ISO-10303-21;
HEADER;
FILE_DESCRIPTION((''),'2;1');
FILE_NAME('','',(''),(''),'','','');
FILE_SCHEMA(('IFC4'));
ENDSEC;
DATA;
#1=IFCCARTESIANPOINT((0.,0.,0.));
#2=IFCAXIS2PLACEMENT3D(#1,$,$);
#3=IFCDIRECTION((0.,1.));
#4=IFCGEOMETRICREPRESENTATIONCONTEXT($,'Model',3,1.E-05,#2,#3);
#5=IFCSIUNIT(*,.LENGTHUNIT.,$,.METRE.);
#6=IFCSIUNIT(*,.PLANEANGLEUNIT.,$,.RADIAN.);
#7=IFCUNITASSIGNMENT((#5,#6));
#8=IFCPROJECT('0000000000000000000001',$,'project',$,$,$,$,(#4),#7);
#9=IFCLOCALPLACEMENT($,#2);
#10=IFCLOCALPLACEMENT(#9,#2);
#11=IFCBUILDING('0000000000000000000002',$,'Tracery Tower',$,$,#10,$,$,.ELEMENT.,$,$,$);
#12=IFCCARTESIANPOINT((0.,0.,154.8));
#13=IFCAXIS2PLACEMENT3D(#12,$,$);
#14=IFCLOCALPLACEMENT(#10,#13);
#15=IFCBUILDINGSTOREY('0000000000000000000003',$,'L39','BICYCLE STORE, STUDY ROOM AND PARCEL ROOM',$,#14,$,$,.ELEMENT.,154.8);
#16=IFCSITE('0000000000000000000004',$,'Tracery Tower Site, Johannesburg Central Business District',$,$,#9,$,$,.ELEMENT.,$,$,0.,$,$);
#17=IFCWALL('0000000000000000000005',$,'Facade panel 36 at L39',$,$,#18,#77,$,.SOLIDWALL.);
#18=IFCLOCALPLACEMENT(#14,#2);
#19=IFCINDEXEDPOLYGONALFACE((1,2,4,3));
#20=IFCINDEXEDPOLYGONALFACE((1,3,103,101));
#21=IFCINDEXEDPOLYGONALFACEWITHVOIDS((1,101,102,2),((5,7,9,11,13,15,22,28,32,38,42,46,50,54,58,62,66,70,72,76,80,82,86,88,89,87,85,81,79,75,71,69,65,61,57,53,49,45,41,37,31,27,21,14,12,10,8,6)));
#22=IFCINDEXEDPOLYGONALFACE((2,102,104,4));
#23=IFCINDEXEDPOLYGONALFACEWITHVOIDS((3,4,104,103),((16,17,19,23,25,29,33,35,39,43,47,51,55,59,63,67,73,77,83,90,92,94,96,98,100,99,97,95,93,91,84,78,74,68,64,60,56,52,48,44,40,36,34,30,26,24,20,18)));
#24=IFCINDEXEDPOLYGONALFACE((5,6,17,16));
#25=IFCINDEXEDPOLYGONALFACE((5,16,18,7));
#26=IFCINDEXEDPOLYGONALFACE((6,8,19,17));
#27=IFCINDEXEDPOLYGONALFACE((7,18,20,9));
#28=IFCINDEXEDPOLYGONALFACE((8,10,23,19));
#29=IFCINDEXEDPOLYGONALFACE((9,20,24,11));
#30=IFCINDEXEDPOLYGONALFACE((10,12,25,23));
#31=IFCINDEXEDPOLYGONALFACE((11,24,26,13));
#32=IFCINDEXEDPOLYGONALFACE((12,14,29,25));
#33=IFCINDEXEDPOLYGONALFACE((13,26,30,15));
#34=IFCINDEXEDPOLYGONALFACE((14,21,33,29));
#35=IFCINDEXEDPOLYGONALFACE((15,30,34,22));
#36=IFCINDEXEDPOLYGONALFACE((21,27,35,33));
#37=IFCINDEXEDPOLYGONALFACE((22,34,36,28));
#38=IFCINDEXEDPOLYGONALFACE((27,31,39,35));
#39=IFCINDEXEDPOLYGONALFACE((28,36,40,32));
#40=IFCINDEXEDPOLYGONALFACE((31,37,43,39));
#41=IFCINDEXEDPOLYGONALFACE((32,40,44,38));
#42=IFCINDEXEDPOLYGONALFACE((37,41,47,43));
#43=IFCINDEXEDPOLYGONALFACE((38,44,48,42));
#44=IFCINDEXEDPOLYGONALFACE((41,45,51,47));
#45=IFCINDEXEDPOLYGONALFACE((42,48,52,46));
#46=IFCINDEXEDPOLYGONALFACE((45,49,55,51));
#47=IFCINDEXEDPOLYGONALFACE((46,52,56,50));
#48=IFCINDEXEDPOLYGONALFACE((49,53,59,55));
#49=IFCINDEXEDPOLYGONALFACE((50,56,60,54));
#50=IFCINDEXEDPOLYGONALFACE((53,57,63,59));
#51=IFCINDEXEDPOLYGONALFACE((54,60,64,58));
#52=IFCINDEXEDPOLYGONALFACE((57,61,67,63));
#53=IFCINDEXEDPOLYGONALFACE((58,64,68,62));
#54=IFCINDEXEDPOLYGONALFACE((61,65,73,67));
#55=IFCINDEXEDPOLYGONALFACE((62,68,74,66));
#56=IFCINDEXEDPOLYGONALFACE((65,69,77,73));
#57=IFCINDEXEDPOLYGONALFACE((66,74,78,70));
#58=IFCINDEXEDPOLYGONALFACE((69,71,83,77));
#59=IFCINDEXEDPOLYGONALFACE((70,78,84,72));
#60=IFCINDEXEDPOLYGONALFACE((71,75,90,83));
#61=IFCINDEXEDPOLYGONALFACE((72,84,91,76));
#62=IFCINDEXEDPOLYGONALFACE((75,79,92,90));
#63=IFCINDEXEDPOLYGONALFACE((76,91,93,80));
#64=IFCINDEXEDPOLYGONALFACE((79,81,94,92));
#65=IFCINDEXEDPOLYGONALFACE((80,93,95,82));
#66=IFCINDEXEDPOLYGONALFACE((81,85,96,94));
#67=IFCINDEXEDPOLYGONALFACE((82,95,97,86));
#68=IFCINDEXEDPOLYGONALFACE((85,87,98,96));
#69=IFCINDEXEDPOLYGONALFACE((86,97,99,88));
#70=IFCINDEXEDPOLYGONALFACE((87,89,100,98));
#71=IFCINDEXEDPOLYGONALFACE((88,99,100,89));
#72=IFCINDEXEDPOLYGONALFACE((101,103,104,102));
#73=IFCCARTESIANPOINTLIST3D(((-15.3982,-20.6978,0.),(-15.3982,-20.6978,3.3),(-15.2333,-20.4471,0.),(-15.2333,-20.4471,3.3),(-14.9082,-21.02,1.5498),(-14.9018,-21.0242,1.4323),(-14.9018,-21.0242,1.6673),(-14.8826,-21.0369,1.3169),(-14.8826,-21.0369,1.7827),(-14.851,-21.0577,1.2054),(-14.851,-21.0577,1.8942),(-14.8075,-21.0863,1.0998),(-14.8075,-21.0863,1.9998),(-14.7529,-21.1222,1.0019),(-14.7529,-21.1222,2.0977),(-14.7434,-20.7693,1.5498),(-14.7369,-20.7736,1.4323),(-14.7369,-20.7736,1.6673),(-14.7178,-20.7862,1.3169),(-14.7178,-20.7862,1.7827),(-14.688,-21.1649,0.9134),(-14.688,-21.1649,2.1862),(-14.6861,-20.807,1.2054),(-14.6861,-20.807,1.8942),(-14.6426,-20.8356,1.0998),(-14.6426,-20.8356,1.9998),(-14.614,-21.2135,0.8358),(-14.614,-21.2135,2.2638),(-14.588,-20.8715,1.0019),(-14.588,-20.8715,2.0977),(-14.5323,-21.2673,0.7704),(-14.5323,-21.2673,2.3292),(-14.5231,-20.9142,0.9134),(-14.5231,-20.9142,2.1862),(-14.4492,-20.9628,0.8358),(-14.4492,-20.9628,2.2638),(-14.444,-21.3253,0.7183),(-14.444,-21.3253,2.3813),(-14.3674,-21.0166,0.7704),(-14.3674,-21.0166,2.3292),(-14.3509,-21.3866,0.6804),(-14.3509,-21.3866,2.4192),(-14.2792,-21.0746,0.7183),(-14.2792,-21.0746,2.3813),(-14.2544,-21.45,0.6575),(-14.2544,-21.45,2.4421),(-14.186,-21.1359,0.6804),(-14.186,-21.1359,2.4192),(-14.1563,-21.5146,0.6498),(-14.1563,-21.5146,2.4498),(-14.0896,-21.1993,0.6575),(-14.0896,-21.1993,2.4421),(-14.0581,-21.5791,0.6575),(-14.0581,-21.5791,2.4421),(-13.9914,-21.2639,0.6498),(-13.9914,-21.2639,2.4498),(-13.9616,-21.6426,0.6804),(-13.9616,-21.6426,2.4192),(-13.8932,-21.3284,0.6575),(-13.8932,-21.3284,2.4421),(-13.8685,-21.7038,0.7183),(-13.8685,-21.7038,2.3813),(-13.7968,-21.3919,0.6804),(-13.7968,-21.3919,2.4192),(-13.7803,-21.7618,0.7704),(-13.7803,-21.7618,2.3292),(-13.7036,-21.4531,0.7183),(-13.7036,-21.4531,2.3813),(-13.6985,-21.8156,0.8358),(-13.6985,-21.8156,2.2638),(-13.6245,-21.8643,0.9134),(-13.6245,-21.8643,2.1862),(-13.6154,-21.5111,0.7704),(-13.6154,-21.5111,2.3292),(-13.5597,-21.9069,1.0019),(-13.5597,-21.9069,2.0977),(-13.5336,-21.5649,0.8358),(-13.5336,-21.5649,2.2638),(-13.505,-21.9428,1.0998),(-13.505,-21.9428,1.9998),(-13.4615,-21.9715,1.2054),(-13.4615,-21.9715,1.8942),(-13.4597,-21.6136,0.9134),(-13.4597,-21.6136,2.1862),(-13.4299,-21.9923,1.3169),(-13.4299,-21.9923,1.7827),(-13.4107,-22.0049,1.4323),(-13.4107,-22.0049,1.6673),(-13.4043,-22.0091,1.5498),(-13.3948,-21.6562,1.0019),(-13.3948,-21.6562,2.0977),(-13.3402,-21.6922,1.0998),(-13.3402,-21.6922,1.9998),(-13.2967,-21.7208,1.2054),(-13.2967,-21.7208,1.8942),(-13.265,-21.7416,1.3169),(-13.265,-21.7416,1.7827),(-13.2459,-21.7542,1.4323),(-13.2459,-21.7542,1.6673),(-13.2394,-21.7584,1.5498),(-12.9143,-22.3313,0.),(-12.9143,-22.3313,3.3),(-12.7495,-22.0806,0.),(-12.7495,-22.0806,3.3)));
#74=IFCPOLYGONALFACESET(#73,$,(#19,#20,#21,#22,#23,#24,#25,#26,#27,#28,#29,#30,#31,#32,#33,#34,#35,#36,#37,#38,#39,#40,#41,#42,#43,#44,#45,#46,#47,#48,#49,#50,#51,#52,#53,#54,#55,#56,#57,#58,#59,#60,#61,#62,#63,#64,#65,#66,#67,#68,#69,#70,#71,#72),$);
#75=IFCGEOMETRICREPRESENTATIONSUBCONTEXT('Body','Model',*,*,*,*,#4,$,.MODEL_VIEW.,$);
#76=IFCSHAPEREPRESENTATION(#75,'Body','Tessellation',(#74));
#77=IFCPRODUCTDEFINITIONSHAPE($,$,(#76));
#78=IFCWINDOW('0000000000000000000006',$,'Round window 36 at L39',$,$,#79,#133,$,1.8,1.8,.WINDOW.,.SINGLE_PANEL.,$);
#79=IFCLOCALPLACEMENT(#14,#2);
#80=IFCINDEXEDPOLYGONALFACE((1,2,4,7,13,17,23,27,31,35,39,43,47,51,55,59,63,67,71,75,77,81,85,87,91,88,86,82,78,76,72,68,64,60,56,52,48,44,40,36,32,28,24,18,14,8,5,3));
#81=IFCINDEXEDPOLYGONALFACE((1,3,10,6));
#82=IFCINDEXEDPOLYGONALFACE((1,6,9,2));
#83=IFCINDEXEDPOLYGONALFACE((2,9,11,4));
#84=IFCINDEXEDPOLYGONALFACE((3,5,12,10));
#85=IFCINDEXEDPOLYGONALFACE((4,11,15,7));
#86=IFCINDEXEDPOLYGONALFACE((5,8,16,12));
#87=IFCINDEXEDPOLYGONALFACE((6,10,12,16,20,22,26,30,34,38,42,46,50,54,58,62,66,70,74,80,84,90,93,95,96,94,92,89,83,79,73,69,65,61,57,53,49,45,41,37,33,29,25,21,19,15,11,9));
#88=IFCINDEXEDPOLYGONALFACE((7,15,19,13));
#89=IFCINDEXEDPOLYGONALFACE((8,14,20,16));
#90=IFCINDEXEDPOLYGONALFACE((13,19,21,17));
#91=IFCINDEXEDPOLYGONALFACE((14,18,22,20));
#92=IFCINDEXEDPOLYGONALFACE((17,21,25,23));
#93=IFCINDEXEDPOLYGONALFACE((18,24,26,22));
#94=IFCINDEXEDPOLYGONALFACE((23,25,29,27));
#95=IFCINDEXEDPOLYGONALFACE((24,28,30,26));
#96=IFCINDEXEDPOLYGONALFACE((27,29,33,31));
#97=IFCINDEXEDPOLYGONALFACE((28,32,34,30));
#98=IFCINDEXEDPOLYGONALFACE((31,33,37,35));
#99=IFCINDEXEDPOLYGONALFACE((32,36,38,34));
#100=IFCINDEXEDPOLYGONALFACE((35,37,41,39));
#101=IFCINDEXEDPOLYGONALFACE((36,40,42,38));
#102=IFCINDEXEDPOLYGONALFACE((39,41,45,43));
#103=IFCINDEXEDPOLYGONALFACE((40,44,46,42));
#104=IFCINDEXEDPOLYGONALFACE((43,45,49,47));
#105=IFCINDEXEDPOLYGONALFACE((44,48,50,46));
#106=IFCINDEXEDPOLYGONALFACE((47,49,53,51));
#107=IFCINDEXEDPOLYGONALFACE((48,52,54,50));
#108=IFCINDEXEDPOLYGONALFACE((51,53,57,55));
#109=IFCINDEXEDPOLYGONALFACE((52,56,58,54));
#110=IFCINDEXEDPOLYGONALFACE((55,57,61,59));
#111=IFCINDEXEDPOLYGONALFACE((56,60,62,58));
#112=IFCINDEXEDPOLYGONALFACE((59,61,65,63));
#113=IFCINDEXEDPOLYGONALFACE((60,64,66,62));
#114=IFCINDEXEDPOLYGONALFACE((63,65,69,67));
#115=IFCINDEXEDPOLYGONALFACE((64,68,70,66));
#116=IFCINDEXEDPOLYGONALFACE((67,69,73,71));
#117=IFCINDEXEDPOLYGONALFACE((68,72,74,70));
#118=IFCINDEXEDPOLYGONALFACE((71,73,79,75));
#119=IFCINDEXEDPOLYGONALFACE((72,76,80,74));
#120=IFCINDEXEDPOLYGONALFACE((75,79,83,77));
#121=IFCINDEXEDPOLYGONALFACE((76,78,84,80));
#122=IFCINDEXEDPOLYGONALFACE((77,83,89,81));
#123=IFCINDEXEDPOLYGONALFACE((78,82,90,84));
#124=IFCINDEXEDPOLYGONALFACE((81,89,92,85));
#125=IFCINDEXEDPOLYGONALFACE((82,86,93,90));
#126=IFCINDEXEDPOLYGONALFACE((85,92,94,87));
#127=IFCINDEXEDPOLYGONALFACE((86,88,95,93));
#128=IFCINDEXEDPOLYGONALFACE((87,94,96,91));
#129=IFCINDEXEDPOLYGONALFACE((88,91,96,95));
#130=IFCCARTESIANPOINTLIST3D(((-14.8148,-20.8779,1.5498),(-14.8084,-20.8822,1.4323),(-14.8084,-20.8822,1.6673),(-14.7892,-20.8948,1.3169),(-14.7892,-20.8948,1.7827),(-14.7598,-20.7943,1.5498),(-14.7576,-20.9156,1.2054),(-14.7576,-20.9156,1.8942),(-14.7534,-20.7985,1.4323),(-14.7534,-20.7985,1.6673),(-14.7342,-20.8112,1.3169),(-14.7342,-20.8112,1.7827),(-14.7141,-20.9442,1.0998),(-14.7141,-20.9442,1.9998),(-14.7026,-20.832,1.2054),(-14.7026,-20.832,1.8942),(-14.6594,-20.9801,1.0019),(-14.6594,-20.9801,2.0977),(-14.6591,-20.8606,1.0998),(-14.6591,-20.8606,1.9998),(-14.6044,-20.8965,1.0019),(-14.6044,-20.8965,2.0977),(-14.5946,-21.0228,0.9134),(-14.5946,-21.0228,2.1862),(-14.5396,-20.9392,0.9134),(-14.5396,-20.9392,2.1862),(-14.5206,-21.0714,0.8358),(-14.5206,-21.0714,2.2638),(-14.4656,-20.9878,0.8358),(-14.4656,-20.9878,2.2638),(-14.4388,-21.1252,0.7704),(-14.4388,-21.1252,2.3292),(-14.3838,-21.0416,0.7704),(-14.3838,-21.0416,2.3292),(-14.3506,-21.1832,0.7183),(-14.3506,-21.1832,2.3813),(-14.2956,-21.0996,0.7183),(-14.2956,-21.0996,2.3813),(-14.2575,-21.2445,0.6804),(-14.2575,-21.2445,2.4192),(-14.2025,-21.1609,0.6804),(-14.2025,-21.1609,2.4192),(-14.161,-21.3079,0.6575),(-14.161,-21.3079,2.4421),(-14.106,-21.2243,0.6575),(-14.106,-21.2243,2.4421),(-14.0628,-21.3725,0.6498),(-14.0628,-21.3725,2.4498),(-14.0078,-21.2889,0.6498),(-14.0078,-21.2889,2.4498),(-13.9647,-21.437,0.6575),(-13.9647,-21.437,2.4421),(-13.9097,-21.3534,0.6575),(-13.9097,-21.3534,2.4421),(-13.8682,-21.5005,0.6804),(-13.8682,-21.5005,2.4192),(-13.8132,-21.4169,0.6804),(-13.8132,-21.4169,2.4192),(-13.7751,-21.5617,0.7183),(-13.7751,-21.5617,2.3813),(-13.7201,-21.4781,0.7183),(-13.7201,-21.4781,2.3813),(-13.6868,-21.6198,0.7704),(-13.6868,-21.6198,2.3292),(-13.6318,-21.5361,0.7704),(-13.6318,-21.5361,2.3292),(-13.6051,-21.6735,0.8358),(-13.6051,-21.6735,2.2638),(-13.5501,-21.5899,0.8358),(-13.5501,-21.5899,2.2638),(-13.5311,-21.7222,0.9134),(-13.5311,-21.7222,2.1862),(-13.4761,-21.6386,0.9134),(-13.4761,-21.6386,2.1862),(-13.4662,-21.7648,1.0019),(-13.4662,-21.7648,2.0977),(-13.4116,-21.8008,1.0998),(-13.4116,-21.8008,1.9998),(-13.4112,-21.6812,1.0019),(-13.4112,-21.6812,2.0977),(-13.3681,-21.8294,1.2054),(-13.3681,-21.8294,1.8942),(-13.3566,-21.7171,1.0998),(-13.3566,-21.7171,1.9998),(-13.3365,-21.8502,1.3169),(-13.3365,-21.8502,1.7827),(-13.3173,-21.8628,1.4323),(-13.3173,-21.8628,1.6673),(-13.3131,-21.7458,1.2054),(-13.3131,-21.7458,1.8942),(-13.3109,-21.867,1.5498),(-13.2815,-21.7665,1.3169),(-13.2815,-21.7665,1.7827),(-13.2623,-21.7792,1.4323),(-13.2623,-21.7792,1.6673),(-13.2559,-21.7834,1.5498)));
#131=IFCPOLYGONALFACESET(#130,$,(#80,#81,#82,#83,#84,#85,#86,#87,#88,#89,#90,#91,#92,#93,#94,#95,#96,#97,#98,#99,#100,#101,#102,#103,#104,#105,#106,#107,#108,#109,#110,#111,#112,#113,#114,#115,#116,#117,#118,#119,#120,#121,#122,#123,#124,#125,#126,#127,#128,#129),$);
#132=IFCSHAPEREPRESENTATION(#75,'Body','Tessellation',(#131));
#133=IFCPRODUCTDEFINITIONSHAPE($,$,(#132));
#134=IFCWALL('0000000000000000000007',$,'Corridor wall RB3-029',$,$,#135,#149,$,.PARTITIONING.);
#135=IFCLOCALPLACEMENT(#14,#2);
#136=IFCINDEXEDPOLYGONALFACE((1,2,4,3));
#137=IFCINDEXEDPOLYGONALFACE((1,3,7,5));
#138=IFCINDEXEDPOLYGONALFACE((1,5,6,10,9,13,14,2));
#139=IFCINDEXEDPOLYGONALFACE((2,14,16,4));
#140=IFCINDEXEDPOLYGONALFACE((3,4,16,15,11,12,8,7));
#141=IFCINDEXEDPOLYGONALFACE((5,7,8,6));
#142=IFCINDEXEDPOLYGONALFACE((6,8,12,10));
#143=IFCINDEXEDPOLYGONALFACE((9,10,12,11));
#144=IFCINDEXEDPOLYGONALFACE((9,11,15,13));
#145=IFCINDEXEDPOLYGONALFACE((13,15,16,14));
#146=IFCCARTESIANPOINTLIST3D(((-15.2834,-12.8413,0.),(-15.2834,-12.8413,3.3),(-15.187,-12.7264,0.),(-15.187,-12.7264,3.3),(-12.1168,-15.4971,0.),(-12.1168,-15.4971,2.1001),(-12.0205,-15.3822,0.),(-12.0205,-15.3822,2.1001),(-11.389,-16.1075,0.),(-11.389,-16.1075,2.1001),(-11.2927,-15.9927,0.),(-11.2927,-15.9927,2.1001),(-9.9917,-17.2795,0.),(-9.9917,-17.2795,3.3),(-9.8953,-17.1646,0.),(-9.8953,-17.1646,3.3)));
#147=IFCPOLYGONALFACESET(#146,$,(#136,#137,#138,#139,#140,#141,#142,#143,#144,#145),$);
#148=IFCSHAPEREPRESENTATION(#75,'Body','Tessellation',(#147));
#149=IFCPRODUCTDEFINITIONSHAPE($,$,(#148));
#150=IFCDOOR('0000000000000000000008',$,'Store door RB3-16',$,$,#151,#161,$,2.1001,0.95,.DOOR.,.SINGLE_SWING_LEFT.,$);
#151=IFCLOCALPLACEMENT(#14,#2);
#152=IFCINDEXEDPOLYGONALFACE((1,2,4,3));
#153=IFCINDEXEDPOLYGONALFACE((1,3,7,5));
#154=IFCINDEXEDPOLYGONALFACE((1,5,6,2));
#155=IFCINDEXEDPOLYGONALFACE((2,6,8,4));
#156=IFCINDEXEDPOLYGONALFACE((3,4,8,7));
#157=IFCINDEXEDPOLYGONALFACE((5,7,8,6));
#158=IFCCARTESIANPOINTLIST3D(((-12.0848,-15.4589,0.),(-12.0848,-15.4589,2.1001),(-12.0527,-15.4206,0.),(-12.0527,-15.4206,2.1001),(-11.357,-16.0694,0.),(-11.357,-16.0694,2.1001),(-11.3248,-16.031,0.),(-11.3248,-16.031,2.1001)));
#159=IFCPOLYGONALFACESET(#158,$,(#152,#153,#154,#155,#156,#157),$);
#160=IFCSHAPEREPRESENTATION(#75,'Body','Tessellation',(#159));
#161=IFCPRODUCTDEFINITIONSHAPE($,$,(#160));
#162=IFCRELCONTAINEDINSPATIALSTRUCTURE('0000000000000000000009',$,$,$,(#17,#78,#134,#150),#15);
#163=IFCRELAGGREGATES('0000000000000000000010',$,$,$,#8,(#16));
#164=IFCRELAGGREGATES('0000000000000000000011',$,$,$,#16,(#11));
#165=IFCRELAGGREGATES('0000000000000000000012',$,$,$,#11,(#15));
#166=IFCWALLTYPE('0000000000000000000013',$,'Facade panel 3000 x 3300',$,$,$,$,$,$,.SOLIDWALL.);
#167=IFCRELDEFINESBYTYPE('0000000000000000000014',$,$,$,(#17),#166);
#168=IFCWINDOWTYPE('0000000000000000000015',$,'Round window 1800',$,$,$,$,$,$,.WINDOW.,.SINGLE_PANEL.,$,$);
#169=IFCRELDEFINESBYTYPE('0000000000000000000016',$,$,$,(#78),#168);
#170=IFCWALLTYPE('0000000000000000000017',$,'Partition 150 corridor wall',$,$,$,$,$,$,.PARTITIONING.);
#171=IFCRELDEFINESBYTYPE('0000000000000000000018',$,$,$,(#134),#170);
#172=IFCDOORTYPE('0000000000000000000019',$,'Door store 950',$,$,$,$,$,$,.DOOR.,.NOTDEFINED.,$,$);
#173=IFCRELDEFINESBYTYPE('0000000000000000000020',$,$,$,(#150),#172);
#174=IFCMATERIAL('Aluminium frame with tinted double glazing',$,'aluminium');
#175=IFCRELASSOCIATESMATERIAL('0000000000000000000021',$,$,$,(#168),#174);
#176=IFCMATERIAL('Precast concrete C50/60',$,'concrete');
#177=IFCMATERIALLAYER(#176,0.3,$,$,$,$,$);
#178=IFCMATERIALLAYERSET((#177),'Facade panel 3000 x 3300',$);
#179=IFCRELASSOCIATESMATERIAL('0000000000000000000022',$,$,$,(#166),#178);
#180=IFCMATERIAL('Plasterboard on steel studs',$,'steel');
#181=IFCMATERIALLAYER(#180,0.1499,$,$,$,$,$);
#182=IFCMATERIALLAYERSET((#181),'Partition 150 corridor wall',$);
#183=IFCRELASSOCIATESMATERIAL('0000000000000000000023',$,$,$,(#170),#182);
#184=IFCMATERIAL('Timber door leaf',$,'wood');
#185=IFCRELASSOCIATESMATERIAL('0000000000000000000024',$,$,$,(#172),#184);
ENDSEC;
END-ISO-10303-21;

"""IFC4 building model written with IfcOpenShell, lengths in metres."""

from ifc_helpers import new_model, si_unit, direction, frame, frame_2d, origin, origin_2d, place, context, subcontext, project, spatial, rectangle, circle, extrude, material, layer, layer_set, type_object, element, fill, save


model = new_model("IFC4")

# Units and contexts
model_context = context("Model", 3, precision=1e-05, world=origin(), true_north=direction((0.0, 1.0)))
body_context = subcontext(model_context, "Body", "Model", "MODEL_VIEW")
ifc_project = project(units=[si_unit("LENGTHUNIT", "METRE"), si_unit("PLANEANGLEUNIT", "RADIAN")], contexts=[model_context])

# Site, building, storey
site_placement = place(None, origin())
site = spatial("IfcSite", under=ifc_project, at=site_placement, Name="Tracery Tower Site, Johannesburg Central Business District", CompositionType="ELEMENT", RefElevation=0.0)
building_placement = place(site_placement, origin())
building = spatial("IfcBuilding", under=site, at=building_placement, Name="Tracery Tower", CompositionType="ELEMENT")
storey_placement = place(building_placement, frame((0.0, 0.0, 154.8)))
storey = spatial("IfcBuildingStorey", under=building, at=storey_placement, Name="L39", Description="BICYCLE STORE, STUDY ROOM AND PARCEL ROOM", CompositionType="ELEMENT", Elevation=154.8)

# Wall, opening, window
ifc_material_1 = material(Name="Aluminium frame with tinted double glazing", Category="aluminium")
window_type = type_object("IfcWindowType", Name="Round window 1800", PartitioningType="SINGLE_PANEL", PredefinedType="WINDOW", material=ifc_material_1)
ifc_material_2 = material(Name="Precast concrete C50/60", Category="concrete")
ifc_layer_1 = layer(ifc_material_2, 0.3)
ifc_layer_set_1 = layer_set([ifc_layer_1], Name="Facade panel 3000 x 3300")
wall_type_1 = type_object("IfcWallType", Name="Facade panel 3000 x 3300", PredefinedType="SOLIDWALL", material=ifc_layer_set_1)
wall_1_placement = place(storey_placement, frame((-15.3157, -20.5725, 0.0), z_axis=(0.0, 0.0, 1.0), x_axis=(0.835508, -0.549478, 0.0)))
wall_1 = element("IfcWall", 1, at=wall_1_placement, inside=storey, type_object=wall_type_1, Name="Facade panel 36 at L39", PredefinedType="SOLIDWALL", context=body_context, shape_type="SweptSolid", body=[
    extrude(rectangle(XDim=2.9729, YDim=0.3, at=frame_2d((1.4863, 0.0))), origin(), (0.0, 0.0, 1.0), 3.3),
])
opening_1_placement = place(wall_1_placement, frame((1.4863, 0.0, 1.5498)))
opening_1 = element("IfcOpeningElement", 2, at=opening_1_placement, cuts=wall_1, PredefinedType="OPENING", context=body_context, shape_type="SweptSolid", body=[
    extrude(circle(Radius=0.9, at=origin_2d()), frame((0.0, 0.1599, 0.0), z_axis=(0.0, -1.0, 0.0), x_axis=(1.0, 0.0, 0.0)), (0.0, 0.0, 1.0), 0.3201),
])
window_1_placement = place(opening_1_placement, origin())
window_1 = element("IfcWindow", 3, at=window_1_placement, inside=storey, type_object=window_type, Name="Round window 36 at L39", OverallHeight=1.8, OverallWidth=1.8, PartitioningType="SINGLE_PANEL", PredefinedType="WINDOW", context=body_context, shape_type="SweptSolid", body=[
    extrude(circle(Radius=0.9, at=origin_2d()), frame((0.0, 0.1201, 0.0), z_axis=(0.0, -1.0, 0.0), x_axis=(1.0, 0.0, 0.0)), (0.0, 0.0, 1.0), 0.1001),
])
fill(opening_1, window_1)

# Wall, opening, door
ifc_material_3 = material(Name="Plasterboard on steel studs", Category="steel")
ifc_layer_2 = layer(ifc_material_3, 0.1499)
ifc_layer_set_2 = layer_set([ifc_layer_2], Name="Partition 150 corridor wall")
wall_type_2 = type_object("IfcWallType", Name="Partition 150 corridor wall", PredefinedType="PARTITIONING", material=ifc_layer_set_2)
wall_2_placement = place(storey_placement, frame((-15.2351, -12.7839, 0.0), z_axis=(0.0, 0.0, 1.0), x_axis=(0.766192, -0.642612, 0.0)))
wall_2 = element("IfcWall", 4, at=wall_2_placement, inside=storey, type_object=wall_type_2, Name="Corridor wall RB3-029", PredefinedType="PARTITIONING", context=body_context, shape_type="SweptSolid", body=[
    extrude(rectangle(XDim=6.9065, YDim=0.1499, at=frame_2d((3.4531, 0.0))), origin(), (0.0, 0.0, 1.0), 3.3),
])
opening_2_placement = place(wall_2_placement, frame((4.1326, 0.0, 0.0)))
opening_2 = element("IfcOpeningElement", 5, at=opening_2_placement, cuts=wall_2, PredefinedType="OPENING", context=body_context, shape_type="SweptSolid", body=[
    extrude(rectangle(XDim=0.95, YDim=2.1001, at=frame_2d((0.4751, 1.05))), frame((0.0, 0.075, 0.0), z_axis=(0.0, -1.0, 0.0), x_axis=(1.0, 0.0, 0.0)), (0.0, 0.0, 1.0), 0.1499),
])
ifc_material_4 = material(Name="Timber door leaf", Category="wood")
door_type_1 = type_object("IfcDoorType", Name="Door store 950", OperationType="NOTDEFINED", PredefinedType="DOOR", material=ifc_material_4)
door_1_placement = place(opening_2_placement, origin())
door_1 = element("IfcDoor", 6, at=door_1_placement, inside=storey, type_object=door_type_1, Name="Store door RB3-16", OperationType="SINGLE_SWING_LEFT", OverallHeight=2.1001, OverallWidth=0.95, PredefinedType="DOOR", context=body_context, shape_type="SweptSolid", body=[
    extrude(rectangle(XDim=0.95, YDim=2.1001, at=frame_2d((0.4751, 1.05))), frame((0.0, 0.0249, 0.0), z_axis=(0.0, -1.0, 0.0), x_axis=(1.0, 0.0, 0.0)), (0.0, 0.0, 1.0), 0.05),
])
fill(opening_2, door_1)

save(model, "model.ifc")
